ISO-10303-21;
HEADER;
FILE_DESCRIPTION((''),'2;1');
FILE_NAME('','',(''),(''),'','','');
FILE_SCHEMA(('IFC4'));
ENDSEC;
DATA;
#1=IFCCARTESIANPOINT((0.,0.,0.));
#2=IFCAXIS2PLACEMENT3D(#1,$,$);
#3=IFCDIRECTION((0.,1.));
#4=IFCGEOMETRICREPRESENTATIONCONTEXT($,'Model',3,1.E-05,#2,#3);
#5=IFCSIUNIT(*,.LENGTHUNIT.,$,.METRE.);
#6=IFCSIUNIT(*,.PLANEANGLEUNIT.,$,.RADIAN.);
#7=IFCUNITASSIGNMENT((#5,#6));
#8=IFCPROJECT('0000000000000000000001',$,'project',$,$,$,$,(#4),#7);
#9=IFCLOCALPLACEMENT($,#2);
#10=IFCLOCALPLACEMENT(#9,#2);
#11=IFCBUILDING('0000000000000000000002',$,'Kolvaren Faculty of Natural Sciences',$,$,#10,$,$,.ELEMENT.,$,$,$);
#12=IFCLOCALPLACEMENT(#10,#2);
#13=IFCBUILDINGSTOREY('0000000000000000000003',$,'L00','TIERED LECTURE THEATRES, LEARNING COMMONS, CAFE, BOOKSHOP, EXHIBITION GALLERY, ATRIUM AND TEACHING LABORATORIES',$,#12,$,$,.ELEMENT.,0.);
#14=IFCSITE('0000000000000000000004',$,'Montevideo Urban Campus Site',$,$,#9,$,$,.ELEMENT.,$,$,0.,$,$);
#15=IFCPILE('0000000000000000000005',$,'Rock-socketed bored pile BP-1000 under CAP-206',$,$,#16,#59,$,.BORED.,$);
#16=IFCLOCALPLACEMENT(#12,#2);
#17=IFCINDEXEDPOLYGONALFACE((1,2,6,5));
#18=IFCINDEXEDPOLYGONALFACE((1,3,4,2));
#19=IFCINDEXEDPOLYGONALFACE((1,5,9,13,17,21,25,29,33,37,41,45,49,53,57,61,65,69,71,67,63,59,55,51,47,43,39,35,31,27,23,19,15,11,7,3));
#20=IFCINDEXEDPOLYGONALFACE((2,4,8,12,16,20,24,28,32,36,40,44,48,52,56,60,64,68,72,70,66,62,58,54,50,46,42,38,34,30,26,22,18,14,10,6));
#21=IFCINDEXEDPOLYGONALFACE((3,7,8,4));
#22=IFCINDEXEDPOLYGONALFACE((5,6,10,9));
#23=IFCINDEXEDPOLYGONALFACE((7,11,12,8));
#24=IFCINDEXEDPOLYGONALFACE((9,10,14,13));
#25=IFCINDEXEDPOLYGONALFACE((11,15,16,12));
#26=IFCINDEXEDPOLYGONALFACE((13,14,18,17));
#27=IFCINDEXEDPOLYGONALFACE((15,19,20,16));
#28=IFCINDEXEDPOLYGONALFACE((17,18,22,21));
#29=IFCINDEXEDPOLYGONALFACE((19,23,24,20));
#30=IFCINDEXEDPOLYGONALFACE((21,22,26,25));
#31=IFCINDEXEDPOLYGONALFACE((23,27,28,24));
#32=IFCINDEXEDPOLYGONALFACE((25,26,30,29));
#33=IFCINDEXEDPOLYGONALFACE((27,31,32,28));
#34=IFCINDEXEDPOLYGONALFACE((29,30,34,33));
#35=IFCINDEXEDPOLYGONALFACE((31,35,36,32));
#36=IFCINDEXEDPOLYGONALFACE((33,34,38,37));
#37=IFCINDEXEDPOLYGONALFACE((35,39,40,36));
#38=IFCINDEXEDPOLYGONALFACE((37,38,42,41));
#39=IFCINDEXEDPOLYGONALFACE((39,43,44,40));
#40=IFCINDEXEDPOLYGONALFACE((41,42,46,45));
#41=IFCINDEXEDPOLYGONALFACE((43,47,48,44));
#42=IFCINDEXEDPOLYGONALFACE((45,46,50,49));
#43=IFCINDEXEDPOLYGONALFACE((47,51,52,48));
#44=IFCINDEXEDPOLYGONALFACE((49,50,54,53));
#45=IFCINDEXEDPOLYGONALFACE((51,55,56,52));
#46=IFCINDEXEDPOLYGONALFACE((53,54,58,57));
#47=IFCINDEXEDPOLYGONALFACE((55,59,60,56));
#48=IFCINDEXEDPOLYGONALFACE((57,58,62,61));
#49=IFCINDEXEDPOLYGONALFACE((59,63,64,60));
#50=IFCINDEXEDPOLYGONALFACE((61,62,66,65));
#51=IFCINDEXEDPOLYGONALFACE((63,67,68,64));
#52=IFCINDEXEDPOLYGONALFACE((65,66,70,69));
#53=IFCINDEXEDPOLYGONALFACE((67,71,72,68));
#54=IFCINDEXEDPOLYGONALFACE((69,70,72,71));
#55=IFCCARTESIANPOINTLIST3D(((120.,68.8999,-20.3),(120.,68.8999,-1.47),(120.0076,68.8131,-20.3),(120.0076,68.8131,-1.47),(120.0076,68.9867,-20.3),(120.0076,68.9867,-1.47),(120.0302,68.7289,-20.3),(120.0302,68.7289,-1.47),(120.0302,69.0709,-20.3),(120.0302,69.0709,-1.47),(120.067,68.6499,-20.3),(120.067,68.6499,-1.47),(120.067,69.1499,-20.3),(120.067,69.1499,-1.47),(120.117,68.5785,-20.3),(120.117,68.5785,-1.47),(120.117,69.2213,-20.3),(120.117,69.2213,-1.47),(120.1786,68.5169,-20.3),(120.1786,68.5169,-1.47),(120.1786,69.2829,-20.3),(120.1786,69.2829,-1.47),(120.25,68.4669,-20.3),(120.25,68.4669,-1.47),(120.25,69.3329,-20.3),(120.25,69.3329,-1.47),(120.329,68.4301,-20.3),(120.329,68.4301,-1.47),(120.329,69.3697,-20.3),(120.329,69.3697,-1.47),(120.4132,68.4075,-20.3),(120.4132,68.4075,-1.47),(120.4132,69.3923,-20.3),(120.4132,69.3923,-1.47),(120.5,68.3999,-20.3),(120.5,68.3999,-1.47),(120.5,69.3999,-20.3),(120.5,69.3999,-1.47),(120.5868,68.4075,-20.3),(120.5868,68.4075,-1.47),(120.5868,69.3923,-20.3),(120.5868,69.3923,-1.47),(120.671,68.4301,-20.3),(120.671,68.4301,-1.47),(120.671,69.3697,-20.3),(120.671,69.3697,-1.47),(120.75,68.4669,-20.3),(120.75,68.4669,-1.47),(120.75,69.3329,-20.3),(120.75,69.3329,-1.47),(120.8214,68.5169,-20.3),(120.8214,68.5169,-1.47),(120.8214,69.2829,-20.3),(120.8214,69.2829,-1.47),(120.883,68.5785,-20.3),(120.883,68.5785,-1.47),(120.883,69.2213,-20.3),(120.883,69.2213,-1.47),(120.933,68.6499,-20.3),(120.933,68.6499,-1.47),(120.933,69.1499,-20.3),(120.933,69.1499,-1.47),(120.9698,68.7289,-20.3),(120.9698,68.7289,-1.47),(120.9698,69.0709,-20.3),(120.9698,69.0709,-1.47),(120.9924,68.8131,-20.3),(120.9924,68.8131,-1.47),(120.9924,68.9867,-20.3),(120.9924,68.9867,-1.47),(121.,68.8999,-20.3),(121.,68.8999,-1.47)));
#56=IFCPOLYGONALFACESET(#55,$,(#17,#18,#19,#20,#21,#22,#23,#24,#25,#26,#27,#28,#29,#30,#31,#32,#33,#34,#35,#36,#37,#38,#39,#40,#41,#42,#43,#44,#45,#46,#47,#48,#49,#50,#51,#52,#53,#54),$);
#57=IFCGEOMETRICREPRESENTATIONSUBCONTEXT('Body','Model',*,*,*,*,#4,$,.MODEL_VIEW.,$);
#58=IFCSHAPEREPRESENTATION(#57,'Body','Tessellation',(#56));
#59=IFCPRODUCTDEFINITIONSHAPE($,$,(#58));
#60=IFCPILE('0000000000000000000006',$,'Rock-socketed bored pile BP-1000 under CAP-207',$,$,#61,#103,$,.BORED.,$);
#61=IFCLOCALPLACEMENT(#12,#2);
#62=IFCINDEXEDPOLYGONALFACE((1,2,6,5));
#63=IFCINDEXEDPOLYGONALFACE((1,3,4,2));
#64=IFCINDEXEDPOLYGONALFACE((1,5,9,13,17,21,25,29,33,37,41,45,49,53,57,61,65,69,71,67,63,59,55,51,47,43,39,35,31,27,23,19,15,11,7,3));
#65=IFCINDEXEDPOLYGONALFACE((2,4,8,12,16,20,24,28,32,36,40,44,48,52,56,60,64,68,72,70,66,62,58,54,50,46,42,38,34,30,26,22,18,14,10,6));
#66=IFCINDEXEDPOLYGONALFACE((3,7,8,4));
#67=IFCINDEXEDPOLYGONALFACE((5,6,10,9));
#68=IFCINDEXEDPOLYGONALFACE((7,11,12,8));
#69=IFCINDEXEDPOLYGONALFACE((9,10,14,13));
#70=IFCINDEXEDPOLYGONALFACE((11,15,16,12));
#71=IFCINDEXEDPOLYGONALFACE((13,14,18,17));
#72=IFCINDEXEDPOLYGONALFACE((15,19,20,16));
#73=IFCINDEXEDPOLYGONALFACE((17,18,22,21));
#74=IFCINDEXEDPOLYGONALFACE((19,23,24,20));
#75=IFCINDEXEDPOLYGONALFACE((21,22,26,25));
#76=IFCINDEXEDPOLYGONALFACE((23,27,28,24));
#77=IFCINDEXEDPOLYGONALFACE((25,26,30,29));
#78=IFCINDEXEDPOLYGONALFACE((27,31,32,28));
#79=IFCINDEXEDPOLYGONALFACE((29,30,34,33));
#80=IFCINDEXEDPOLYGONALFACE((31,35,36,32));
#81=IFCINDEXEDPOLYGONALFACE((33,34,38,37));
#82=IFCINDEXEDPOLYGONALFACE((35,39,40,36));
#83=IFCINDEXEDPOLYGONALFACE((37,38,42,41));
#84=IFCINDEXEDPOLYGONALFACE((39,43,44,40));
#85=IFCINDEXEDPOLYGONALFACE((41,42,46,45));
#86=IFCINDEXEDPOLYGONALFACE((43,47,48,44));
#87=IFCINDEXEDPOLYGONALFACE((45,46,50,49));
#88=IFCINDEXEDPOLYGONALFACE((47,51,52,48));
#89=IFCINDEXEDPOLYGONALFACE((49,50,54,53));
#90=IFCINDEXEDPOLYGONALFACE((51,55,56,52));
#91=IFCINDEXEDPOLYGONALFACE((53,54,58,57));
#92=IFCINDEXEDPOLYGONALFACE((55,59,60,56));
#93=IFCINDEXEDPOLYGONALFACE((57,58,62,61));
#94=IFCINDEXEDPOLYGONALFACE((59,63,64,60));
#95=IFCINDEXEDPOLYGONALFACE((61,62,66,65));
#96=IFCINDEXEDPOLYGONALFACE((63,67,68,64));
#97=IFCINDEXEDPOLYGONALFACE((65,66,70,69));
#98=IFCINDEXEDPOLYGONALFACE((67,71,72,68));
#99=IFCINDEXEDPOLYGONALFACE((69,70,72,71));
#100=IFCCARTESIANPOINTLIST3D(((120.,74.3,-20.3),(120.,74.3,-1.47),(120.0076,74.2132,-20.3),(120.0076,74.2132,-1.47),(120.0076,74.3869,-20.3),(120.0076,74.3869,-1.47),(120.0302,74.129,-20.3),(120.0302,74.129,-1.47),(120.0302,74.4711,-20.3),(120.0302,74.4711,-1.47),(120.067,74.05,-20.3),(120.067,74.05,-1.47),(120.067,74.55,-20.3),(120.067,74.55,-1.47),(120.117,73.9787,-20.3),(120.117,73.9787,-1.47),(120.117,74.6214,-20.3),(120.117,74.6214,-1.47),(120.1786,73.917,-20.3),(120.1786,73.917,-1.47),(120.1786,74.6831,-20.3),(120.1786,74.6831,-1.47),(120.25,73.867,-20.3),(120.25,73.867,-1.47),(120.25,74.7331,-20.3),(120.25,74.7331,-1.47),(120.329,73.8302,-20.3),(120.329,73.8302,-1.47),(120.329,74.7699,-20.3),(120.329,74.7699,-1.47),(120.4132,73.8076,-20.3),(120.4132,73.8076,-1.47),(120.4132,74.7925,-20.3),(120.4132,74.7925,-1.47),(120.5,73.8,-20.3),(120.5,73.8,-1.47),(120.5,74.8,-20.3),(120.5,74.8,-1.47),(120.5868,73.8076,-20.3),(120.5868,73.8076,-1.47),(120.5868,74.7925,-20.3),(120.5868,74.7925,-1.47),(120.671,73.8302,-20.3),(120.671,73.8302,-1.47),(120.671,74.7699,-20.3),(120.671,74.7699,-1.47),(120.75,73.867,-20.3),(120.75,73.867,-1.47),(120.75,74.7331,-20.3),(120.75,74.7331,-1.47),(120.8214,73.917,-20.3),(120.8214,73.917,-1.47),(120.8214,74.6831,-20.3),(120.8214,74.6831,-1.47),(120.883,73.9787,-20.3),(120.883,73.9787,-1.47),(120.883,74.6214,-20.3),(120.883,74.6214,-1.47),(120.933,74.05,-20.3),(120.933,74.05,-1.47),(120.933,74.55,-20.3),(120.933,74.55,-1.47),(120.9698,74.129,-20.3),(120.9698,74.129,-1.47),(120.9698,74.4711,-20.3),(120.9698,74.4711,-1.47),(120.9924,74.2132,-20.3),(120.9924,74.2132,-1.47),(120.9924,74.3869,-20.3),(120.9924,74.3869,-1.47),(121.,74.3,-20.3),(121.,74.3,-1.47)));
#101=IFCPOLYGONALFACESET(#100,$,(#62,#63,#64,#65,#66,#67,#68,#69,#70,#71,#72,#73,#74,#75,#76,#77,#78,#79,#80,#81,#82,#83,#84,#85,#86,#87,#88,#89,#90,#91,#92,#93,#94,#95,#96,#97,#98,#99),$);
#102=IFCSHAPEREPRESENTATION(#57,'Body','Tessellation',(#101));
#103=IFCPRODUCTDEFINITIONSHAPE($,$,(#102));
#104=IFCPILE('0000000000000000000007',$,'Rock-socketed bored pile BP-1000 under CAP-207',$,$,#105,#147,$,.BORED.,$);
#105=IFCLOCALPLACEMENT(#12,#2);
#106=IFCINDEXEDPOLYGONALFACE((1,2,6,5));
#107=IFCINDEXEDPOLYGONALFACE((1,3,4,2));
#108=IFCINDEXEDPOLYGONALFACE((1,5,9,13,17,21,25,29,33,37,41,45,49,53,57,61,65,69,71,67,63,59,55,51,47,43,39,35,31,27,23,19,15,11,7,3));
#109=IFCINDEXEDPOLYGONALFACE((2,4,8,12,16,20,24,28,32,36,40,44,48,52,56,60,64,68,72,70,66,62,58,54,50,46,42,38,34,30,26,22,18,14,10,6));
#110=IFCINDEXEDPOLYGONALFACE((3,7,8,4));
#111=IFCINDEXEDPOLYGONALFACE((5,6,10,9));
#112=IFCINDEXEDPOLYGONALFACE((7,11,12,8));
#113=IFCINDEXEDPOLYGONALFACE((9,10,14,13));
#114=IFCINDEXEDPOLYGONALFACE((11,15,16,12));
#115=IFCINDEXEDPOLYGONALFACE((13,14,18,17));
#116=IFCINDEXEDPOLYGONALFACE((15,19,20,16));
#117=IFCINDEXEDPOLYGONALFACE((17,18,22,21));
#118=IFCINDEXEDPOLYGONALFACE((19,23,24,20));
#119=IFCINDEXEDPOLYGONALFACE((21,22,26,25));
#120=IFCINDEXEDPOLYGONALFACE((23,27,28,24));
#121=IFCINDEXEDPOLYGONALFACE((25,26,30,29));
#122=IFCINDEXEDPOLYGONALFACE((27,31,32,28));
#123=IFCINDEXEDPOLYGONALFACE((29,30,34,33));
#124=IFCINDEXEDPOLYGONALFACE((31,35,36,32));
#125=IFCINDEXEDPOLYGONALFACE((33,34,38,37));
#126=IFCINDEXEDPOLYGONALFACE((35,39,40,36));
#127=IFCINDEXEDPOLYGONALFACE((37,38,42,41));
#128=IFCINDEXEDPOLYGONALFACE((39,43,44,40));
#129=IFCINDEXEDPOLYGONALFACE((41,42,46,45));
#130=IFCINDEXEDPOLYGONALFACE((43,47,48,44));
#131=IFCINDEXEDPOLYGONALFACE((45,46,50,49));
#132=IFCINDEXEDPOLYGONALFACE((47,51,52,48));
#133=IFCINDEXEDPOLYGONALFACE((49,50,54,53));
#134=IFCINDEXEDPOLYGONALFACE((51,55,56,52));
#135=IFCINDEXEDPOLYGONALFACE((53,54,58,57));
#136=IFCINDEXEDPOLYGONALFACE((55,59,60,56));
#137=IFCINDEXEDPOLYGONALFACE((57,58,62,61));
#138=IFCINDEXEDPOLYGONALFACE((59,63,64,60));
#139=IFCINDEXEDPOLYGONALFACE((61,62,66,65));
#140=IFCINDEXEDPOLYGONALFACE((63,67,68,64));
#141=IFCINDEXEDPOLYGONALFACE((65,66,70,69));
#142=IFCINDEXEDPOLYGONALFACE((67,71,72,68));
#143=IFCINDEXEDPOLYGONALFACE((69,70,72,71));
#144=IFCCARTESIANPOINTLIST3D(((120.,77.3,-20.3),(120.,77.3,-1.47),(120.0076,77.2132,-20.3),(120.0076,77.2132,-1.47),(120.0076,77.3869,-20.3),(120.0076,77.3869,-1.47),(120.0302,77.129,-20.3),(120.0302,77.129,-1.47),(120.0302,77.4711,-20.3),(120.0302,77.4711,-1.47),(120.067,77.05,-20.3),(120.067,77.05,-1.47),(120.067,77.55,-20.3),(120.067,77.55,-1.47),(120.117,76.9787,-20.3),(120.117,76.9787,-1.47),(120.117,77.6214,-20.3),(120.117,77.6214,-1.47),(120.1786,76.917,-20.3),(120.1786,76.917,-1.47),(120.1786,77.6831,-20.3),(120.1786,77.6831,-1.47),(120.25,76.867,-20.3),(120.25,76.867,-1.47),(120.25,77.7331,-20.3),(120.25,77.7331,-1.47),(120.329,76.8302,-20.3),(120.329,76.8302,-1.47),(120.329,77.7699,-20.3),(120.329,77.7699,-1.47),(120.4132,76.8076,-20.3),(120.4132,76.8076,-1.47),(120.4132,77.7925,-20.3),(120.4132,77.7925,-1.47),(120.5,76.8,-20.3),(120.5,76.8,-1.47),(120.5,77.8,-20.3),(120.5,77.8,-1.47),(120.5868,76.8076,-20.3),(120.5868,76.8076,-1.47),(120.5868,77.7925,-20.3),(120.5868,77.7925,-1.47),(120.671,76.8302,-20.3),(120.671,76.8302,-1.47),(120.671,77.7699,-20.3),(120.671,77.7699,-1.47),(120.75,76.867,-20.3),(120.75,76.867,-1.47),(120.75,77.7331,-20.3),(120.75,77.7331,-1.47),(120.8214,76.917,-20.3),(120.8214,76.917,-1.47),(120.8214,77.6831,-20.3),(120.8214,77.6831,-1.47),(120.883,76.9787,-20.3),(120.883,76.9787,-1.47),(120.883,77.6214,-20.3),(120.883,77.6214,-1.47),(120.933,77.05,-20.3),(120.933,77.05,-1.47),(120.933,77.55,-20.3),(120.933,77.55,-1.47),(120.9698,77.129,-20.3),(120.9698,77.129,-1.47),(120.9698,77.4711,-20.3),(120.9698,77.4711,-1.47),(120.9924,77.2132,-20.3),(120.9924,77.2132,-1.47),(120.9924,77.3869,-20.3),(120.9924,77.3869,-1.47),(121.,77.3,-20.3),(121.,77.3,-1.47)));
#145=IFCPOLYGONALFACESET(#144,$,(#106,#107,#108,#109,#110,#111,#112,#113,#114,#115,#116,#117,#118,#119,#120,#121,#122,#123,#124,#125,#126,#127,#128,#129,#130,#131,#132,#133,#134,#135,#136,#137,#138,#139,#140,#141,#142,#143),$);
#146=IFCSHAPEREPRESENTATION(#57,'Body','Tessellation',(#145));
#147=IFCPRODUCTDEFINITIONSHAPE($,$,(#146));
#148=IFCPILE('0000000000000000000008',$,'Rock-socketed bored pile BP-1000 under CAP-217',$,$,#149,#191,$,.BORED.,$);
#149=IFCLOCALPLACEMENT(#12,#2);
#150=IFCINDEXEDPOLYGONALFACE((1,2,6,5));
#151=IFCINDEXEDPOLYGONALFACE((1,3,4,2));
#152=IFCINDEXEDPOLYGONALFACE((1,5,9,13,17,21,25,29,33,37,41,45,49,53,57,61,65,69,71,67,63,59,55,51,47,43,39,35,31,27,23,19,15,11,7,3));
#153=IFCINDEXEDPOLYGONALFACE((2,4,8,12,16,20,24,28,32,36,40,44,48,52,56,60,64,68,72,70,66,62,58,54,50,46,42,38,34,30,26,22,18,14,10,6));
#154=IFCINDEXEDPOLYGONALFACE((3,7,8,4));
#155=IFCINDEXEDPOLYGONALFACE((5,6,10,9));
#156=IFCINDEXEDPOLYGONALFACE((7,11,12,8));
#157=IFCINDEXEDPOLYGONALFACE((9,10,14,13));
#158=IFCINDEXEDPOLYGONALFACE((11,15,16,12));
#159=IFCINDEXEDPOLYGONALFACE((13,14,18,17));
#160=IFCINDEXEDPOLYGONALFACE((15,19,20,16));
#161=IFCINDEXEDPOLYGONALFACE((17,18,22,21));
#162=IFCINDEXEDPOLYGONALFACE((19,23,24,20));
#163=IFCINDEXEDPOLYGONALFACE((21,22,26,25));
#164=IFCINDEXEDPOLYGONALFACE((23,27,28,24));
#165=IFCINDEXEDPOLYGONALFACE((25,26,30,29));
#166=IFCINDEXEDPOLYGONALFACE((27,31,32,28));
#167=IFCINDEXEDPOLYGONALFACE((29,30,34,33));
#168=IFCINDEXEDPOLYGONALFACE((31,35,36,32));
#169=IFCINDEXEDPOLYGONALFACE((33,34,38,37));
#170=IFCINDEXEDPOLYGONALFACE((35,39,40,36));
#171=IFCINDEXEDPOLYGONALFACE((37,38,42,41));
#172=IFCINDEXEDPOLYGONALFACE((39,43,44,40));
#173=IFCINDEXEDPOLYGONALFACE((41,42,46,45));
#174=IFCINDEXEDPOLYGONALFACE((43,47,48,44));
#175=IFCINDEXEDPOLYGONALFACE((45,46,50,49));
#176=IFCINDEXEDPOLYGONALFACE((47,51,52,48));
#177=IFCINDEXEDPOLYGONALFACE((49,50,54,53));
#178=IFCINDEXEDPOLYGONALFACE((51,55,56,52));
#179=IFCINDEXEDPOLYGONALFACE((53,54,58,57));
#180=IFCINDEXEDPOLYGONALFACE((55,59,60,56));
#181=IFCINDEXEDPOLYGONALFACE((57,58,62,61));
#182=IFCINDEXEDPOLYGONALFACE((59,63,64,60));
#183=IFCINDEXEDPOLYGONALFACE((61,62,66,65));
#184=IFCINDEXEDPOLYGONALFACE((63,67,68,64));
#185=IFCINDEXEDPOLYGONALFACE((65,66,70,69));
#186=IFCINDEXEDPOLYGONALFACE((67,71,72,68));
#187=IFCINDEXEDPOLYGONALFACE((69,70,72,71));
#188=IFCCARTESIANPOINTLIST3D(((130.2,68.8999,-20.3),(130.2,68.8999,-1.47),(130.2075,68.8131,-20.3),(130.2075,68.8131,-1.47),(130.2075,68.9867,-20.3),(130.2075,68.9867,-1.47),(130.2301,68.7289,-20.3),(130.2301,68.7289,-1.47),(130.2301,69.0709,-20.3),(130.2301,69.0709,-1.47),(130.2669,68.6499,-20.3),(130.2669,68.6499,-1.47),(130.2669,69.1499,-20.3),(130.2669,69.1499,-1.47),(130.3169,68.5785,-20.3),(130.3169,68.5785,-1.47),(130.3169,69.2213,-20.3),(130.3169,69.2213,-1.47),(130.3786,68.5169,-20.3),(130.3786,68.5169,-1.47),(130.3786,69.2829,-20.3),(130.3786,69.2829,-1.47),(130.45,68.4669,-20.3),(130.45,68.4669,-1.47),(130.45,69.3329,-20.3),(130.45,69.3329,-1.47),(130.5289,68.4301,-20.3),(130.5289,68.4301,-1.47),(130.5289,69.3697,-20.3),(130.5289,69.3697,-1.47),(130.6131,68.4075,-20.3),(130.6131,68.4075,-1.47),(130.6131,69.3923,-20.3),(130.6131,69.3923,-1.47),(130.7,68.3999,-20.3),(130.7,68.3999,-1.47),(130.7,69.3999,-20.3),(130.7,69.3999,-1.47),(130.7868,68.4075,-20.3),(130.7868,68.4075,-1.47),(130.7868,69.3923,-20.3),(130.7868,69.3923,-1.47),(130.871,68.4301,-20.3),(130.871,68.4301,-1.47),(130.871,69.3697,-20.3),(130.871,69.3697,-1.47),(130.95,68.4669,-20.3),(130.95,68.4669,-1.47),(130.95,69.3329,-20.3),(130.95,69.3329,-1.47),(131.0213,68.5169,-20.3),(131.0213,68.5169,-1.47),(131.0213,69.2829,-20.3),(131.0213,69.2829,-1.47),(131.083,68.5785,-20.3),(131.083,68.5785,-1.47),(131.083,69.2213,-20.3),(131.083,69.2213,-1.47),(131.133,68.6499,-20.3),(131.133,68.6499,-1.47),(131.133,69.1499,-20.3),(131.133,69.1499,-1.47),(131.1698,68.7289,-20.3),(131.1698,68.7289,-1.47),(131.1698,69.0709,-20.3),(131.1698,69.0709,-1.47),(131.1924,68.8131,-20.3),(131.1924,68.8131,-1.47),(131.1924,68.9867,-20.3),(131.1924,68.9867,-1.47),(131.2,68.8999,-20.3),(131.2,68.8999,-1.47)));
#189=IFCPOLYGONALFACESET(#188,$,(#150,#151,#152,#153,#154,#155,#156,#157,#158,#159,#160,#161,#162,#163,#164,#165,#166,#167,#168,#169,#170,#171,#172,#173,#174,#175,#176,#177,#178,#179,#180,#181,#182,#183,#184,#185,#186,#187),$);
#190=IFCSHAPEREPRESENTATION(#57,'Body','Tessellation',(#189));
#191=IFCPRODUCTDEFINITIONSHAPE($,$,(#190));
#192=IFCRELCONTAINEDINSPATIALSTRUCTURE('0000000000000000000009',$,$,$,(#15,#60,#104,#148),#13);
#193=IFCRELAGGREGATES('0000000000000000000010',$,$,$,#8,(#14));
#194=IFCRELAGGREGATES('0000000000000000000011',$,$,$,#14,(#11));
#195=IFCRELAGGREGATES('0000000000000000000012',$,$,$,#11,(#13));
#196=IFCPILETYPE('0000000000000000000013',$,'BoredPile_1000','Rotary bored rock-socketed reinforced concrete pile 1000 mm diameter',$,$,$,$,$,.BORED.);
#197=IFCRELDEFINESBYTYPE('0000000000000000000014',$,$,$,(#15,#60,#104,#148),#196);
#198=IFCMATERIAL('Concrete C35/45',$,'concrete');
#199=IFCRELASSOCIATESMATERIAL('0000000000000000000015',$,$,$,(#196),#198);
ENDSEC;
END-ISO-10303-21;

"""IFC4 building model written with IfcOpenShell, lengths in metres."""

from ifc_helpers import new_model, si_unit, direction, frame, origin, origin_2d, place, context, subcontext, project, spatial, circle, extrude, material, material_profile, profile_set, type_object, element, save


model = new_model("IFC4")

# Units and contexts
model_context = context("Model", 3, precision=1e-05, world=origin(), true_north=direction((0.0, 1.0)))
body_context = subcontext(model_context, "Body", "Model", "MODEL_VIEW")
ifc_project = project(units=[si_unit("LENGTHUNIT", "METRE"), si_unit("PLANEANGLEUNIT", "RADIAN")], contexts=[model_context])

# Site, building, storey
site_placement = place(None, origin())
site = spatial("IfcSite", under=ifc_project, at=site_placement, Name="Montevideo Urban Campus Site", CompositionType="ELEMENT", RefElevation=0.0)
building_placement = place(site_placement, origin())
building = spatial("IfcBuilding", under=site, at=building_placement, Name="Kolvaren Faculty of Natural Sciences", CompositionType="ELEMENT")
storey_placement = place(building_placement, origin())
storey = spatial("IfcBuildingStorey", under=building, at=storey_placement, Name="L00", Description="TIERED LECTURE THEATRES, LEARNING COMMONS, CAFE, BOOKSHOP, EXHIBITION GALLERY, ATRIUM AND TEACHING LABORATORIES", CompositionType="ELEMENT", Elevation=0.0)

# Piles
ifc_material_1 = material(Name="Concrete C35/45", Category="concrete")
ifc_material_profile_1 = material_profile(ifc_material_1, circle(Radius=0.5, at=origin_2d()), Name="PILE D1000")
ifc_profile_set_1 = profile_set([ifc_material_profile_1], Name="Concrete C35/45")
pile_type_1 = type_object("IfcPileType", Name="BoredPile_1000", Description="Rotary bored rock-socketed reinforced concrete pile 1000 mm diameter", PredefinedType="BORED", material=ifc_profile_set_1)
for number, where, z_axis, x_axis, name in (
    (1, (120.5, 68.8999, -1.47), (0.0, 0.0, -1.0), (1.0, 0.0, 0.0), "Rock-socketed bored pile BP-1000 under CAP-206"),
    (2, (120.5, 74.3, -1.47), (0.0, 0.0, -1.0), (1.0, 0.0, 0.0), "Rock-socketed bored pile BP-1000 under CAP-207"),
    (3, (120.5, 77.3, -1.47), (0.0, 0.0, -1.0), (1.0, 0.0, 0.0), "Rock-socketed bored pile BP-1000 under CAP-207"),
    (4, (130.7, 68.8999, -1.47), (0.0, 0.0, -1.0), (1.0, 0.0, 0.0), "Rock-socketed bored pile BP-1000 under CAP-217"),
):
    element("IfcPile", number, at=place(storey_placement, frame(where, z_axis=z_axis, x_axis=x_axis)), inside=storey, type_object=pile_type_1, Name=name, PredefinedType="BORED", context=body_context, shape_type="SweptSolid", body=[
        extrude(circle(Radius=0.5, at=origin_2d()), origin(), (0.0, 0.0, 1.0), 18.8301),
    ])

save(model, "model.ifc")
